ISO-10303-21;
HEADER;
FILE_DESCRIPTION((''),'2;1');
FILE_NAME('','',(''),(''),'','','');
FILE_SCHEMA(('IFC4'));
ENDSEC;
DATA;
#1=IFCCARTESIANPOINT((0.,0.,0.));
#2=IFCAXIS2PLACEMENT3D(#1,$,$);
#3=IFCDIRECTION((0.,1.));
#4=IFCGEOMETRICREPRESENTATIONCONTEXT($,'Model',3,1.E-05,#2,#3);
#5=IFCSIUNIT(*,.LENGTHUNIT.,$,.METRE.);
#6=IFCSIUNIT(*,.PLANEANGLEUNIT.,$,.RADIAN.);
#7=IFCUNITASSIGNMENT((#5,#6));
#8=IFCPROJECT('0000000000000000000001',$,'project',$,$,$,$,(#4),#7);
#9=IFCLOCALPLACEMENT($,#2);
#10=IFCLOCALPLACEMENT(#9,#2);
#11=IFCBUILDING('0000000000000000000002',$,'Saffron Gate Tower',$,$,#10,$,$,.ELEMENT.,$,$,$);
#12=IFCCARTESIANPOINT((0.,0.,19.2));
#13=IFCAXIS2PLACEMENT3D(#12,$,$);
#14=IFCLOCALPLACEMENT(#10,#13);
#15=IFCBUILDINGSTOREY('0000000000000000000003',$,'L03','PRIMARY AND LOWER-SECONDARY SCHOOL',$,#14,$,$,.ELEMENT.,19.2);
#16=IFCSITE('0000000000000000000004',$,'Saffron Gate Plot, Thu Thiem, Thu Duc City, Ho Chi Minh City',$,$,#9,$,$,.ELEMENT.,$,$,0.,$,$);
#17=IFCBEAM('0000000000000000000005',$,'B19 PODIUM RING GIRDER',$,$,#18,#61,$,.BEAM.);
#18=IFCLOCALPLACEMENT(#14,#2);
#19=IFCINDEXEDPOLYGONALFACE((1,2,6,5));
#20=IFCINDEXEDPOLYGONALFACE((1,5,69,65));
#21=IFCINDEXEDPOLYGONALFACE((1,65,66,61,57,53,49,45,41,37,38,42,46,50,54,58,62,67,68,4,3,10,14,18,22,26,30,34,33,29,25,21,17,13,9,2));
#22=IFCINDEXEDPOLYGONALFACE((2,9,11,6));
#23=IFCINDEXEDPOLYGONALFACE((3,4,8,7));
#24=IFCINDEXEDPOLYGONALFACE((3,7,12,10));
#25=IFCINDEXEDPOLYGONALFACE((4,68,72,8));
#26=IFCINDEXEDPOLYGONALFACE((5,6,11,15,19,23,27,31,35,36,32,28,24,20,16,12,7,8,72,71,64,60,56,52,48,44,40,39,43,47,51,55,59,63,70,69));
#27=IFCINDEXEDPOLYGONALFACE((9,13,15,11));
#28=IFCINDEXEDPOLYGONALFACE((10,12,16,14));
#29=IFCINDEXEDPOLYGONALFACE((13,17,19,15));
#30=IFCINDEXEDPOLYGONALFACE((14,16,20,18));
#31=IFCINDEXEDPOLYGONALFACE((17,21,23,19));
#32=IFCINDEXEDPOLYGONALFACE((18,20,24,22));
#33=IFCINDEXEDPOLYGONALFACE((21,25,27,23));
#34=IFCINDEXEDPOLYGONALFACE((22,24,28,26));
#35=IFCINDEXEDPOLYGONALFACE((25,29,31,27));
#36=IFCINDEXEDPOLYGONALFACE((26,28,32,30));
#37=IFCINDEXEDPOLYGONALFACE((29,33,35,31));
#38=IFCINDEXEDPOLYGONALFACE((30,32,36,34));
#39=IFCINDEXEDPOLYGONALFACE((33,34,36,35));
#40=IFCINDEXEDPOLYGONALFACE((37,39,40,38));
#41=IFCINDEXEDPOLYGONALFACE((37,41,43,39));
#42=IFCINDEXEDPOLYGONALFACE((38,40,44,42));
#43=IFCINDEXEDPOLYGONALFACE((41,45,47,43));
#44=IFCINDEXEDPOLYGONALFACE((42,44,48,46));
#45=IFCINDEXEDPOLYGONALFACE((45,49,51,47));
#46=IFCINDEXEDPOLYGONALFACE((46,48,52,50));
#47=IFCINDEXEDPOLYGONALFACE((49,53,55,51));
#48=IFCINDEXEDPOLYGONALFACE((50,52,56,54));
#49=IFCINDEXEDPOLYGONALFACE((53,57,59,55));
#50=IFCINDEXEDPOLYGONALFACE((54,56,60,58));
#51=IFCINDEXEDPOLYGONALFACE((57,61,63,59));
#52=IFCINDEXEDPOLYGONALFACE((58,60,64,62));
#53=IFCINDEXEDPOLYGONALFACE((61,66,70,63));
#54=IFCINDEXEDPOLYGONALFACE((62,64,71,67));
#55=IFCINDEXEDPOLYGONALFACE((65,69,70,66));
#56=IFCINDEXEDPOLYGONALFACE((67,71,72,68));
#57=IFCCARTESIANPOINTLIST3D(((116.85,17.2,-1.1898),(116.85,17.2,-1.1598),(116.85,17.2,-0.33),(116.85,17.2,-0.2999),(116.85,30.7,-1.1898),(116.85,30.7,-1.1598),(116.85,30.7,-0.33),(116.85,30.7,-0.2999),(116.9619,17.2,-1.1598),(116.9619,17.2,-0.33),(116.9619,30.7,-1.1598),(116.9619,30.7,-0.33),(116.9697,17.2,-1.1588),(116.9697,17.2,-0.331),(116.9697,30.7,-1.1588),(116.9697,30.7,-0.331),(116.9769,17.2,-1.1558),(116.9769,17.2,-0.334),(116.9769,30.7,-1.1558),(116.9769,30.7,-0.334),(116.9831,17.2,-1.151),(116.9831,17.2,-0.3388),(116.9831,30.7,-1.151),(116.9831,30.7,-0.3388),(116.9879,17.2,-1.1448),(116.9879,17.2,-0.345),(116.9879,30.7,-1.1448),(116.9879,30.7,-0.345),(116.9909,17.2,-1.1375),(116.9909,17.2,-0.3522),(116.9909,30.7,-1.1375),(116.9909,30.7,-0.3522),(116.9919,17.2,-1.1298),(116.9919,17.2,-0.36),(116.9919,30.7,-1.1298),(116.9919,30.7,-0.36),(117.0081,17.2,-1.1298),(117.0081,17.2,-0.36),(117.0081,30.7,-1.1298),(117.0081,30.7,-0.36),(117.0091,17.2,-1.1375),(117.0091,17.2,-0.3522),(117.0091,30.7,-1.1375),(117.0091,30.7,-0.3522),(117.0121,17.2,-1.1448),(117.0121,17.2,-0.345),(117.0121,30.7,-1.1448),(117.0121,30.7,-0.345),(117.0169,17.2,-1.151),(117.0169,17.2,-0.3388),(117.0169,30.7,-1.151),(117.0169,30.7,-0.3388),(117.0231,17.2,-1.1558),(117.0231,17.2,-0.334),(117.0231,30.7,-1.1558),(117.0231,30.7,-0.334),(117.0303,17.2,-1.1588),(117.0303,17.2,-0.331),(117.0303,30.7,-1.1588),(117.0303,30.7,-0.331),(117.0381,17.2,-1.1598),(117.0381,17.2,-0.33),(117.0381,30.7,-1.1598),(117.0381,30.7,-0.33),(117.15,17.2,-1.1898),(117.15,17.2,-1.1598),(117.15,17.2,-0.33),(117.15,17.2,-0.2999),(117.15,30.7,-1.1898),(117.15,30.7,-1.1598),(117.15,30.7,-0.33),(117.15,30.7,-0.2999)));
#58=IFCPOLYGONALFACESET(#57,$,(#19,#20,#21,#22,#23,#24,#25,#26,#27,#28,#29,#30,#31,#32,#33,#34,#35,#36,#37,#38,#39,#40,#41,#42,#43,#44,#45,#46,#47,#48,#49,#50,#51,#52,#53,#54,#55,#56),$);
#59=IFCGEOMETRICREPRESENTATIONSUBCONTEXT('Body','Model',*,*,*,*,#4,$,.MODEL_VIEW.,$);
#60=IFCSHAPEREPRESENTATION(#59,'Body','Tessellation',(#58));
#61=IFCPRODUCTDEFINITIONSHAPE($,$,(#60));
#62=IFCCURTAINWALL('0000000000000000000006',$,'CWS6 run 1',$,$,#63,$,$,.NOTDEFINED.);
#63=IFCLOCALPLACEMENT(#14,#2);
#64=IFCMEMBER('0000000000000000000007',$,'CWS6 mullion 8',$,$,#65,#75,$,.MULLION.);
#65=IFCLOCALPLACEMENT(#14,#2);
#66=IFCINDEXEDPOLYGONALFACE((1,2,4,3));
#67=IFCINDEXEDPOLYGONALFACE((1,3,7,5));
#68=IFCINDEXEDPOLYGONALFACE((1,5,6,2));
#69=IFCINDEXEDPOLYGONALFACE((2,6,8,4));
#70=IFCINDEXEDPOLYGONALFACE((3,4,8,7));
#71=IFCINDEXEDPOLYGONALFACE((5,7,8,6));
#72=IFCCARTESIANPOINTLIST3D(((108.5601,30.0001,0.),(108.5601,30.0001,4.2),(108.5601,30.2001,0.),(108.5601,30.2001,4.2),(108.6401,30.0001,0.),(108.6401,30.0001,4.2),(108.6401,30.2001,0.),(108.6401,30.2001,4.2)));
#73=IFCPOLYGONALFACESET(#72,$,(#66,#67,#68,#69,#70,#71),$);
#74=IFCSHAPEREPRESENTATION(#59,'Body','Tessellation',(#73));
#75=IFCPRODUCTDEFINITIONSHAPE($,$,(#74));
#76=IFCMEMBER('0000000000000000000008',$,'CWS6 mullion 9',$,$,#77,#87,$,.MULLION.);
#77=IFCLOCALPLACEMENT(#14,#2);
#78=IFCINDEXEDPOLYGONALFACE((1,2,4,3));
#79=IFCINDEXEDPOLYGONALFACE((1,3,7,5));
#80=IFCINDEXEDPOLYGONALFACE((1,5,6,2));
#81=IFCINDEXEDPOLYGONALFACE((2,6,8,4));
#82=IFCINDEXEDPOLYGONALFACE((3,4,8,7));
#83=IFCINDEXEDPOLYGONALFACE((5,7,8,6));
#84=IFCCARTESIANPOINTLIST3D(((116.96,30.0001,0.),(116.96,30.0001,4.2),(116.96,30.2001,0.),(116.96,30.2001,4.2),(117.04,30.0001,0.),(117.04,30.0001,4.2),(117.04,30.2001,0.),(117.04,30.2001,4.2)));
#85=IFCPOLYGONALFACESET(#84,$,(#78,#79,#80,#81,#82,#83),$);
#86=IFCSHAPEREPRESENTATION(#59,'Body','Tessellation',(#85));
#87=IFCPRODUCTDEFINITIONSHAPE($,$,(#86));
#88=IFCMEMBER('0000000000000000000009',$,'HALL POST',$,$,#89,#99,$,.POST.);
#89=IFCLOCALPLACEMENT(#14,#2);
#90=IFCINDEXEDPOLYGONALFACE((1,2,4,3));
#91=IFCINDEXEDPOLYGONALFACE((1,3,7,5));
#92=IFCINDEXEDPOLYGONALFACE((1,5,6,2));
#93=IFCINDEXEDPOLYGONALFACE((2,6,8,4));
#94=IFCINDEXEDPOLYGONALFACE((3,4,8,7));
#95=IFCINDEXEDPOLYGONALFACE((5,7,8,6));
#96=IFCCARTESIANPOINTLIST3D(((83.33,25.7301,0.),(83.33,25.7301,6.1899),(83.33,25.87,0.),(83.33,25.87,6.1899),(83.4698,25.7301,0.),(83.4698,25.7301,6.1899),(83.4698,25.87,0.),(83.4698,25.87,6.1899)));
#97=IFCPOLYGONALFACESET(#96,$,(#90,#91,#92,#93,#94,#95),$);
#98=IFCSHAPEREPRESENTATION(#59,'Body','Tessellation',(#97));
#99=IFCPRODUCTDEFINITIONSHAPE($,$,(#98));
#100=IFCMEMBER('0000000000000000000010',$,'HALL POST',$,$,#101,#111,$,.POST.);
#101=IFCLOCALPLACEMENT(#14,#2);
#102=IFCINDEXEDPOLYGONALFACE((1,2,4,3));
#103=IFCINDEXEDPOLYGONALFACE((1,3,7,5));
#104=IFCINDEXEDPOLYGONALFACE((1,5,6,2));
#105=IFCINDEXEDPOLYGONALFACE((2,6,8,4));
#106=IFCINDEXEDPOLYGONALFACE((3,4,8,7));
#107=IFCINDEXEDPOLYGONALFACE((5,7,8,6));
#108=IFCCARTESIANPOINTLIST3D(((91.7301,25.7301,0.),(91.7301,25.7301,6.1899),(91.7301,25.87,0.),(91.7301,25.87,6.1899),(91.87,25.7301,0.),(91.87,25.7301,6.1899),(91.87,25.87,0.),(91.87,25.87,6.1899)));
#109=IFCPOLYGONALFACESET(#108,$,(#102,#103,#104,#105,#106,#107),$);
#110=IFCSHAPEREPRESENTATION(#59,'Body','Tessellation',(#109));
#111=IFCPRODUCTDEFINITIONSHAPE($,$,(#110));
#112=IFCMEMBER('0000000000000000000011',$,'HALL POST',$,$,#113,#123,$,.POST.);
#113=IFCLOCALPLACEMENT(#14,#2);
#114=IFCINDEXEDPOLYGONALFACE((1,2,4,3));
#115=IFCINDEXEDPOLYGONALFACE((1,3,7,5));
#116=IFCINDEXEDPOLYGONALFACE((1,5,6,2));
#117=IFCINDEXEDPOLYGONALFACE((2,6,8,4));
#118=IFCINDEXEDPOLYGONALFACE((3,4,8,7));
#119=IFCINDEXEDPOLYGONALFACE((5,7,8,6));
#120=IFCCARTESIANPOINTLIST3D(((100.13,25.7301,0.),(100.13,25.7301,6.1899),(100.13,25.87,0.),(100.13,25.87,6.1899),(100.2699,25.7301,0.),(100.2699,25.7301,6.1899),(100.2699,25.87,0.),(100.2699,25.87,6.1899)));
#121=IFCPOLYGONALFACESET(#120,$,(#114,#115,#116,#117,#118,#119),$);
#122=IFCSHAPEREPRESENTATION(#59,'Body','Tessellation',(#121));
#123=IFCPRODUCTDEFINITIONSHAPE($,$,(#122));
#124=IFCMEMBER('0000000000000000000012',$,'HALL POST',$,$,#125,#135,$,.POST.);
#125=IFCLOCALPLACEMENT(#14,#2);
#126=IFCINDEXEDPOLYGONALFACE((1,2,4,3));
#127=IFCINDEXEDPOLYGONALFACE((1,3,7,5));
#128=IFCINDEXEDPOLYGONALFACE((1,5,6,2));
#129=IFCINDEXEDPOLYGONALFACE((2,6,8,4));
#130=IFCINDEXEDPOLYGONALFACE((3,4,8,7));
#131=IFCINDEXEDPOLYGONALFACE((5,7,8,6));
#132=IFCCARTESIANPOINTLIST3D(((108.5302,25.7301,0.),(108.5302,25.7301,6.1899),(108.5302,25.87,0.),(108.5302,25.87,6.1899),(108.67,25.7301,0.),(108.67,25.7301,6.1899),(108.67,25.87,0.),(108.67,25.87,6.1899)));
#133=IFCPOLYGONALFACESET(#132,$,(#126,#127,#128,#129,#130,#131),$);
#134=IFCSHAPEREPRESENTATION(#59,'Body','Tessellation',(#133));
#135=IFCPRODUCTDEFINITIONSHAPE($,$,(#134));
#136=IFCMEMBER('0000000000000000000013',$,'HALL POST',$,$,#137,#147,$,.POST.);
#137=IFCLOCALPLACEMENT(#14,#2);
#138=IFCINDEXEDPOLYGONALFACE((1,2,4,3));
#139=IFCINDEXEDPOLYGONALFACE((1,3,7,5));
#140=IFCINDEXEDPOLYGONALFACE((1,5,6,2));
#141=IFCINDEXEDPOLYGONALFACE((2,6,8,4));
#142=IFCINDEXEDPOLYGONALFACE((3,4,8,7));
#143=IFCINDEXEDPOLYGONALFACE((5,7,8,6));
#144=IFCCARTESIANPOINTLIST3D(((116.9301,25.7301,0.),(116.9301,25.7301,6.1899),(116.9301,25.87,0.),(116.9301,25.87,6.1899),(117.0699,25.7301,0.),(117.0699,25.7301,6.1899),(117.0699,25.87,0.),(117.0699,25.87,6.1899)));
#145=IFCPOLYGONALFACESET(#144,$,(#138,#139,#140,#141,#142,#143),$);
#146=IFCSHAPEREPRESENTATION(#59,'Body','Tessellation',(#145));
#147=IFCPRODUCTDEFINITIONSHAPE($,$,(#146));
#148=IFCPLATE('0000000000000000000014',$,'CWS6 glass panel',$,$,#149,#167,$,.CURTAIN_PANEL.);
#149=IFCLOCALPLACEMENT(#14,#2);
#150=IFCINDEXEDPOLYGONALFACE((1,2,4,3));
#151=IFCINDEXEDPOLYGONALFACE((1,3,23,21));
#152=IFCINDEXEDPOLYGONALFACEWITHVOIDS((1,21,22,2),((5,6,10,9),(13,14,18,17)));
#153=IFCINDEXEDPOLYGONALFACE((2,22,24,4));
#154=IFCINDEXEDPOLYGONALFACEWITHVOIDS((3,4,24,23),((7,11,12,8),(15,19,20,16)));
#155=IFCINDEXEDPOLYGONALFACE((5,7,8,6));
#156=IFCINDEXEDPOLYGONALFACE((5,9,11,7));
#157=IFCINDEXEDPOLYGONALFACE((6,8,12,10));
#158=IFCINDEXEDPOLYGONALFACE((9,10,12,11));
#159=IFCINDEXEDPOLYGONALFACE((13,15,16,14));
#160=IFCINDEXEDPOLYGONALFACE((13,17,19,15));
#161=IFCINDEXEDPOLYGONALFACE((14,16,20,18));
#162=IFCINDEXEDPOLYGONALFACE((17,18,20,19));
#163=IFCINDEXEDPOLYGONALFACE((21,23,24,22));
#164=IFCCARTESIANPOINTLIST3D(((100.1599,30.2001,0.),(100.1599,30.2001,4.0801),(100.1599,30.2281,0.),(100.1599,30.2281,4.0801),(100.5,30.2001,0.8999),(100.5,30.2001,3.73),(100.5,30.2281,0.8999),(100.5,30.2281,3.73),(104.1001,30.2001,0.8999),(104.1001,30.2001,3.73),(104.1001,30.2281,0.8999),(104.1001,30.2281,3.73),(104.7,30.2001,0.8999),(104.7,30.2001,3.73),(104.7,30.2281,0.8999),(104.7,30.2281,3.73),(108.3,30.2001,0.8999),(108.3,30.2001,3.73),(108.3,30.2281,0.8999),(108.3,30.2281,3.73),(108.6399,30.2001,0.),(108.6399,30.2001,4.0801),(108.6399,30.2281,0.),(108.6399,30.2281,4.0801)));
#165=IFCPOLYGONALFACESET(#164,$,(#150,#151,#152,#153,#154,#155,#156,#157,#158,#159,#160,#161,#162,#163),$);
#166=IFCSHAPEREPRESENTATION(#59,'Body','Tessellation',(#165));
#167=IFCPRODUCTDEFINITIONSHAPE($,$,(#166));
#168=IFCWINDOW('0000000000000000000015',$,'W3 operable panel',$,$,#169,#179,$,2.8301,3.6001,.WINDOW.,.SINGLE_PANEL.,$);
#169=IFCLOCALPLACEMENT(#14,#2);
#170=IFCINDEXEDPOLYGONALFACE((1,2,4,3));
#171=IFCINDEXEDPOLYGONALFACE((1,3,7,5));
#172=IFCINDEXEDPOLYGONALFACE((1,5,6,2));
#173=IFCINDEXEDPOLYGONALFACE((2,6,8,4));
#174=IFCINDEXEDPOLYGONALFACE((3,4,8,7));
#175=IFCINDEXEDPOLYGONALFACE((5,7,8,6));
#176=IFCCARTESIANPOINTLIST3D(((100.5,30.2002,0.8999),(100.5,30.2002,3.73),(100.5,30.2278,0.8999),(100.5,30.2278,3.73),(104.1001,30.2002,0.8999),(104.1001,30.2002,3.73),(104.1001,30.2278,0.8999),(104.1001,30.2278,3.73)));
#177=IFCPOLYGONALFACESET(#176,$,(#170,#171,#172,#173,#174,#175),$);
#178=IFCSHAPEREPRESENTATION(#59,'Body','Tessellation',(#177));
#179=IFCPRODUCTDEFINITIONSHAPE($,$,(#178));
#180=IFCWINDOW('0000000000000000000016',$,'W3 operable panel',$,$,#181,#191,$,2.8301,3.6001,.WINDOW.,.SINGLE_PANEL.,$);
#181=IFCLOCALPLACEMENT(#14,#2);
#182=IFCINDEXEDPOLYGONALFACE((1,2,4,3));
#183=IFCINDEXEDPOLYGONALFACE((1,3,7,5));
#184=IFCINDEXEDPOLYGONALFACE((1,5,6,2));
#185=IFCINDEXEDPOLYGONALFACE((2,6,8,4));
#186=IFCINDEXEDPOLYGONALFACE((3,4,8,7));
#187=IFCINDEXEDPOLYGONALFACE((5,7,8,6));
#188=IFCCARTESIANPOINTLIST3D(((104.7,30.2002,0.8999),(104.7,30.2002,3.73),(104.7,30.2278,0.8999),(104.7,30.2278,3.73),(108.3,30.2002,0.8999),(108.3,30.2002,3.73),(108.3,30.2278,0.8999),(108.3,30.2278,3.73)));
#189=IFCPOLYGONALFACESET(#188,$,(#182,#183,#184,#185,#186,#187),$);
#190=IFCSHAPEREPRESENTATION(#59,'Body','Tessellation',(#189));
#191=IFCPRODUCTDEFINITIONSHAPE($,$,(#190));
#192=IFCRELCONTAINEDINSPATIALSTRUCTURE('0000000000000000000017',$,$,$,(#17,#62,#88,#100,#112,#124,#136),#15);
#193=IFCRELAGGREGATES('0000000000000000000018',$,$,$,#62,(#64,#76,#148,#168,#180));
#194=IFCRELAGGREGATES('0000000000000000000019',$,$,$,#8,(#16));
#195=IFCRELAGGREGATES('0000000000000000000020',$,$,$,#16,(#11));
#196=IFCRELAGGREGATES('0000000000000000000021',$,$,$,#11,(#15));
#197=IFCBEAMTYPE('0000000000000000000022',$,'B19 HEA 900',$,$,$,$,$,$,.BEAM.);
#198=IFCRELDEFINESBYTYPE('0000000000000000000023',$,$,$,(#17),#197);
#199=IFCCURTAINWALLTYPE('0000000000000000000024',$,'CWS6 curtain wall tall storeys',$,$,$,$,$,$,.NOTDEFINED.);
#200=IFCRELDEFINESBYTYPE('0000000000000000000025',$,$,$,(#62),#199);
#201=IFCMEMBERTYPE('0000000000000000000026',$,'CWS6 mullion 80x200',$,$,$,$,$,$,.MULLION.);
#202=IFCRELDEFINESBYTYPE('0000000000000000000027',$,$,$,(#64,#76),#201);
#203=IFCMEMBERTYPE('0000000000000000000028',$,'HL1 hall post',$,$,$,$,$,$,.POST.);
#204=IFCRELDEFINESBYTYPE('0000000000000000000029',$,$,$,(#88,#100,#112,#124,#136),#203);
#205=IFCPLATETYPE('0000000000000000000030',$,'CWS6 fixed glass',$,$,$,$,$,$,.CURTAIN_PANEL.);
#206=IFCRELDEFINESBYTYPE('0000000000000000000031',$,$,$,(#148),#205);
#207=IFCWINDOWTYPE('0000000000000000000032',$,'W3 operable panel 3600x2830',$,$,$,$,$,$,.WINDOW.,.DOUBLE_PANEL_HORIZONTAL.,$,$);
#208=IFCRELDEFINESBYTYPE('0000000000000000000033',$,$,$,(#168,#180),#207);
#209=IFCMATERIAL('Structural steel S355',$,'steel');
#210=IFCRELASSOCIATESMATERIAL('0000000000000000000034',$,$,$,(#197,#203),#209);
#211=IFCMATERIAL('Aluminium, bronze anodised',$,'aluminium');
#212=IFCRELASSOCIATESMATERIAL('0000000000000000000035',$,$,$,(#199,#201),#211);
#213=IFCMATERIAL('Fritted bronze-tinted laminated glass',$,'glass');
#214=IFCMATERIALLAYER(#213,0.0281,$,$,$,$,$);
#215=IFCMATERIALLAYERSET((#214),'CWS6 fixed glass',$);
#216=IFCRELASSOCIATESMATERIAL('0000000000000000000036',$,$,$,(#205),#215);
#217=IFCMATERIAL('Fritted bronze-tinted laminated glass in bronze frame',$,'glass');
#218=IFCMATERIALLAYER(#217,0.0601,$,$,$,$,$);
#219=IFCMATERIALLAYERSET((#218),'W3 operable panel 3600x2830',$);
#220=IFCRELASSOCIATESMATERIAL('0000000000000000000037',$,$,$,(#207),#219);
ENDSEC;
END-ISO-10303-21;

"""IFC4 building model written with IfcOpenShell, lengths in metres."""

from ifc_helpers import new_model, si_unit, direction, frame, frame_2d, origin, origin_2d, place, context, subcontext, project, spatial, rectangle, i_section, extrude, material, layer, layer_set, material_profile, profile_set, type_object, element, fill, aggregate, save


model = new_model("IFC4")

# Units and contexts
model_context = context("Model", 3, precision=1e-05, world=origin(), true_north=direction((0.0, 1.0)))
body_context = subcontext(model_context, "Body", "Model", "MODEL_VIEW")
ifc_project = project(units=[si_unit("LENGTHUNIT", "METRE"), si_unit("PLANEANGLEUNIT", "RADIAN")], contexts=[model_context])

# Site, building, storey
site_placement = place(None, origin())
site = spatial("IfcSite", under=ifc_project, at=site_placement, Name="Saffron Gate Plot, Thu Thiem, Thu Duc City, Ho Chi Minh City", CompositionType="ELEMENT", RefElevation=0.0)
building_placement = place(site_placement, origin())
building = spatial("IfcBuilding", under=site, at=building_placement, Name="Saffron Gate Tower", CompositionType="ELEMENT")
storey_placement = place(building_placement, frame((0.0, 0.0, 19.2)))
storey = spatial("IfcBuildingStorey", under=building, at=storey_placement, Name="L03", Description="PRIMARY AND LOWER-SECONDARY SCHOOL", CompositionType="ELEMENT", Elevation=19.2)

# Beam
ifc_material_1 = material(Name="Structural steel S355", Category="steel")
ifc_material_profile_1 = material_profile(ifc_material_1, i_section(OverallWidth=0.3, OverallDepth=0.8899, WebThickness=0.0161, FlangeThickness=0.03, FilletRadius=0.03, at=origin_2d()))
ifc_profile_set_1 = profile_set([ifc_material_profile_1], Name="Structural steel S355")
beam_type_1 = type_object("IfcBeamType", Name="B19 HEA 900", PredefinedType="BEAM", material=ifc_profile_set_1)
beam_1_placement = place(storey_placement, frame((117.0, 17.2, -0.7449), z_axis=(0.0, 1.0, 0.0), x_axis=(-1.0, 0.0, 0.0)))
element("IfcBeam", 1, at=beam_1_placement, inside=storey, type_object=beam_type_1, Name="B19 PODIUM RING GIRDER", PredefinedType="BEAM", context=body_context, shape_type="SweptSolid", body=[
    extrude(i_section(OverallWidth=0.3, OverallDepth=0.8899, WebThickness=0.0161, FlangeThickness=0.03, FilletRadius=0.03, at=origin_2d()), origin(), (0.0, 0.0, 1.0), 13.5),
])

# Curtain wall, members
ifc_material_2 = material(Name="Aluminium, bronze anodised", Category="aluminium")
curtain_wall_type = type_object("IfcCurtainWallType", Name="CWS6 curtain wall tall storeys", PredefinedType="NOTDEFINED", material=ifc_material_2)
curtain_wall_placement = place(storey_placement, origin())
curtain_wall = element("IfcCurtainWall", 2, at=curtain_wall_placement, inside=storey, type_object=curtain_wall_type, Name="CWS6 run 1", PredefinedType="NOTDEFINED")
ifc_material_profile_2 = material_profile(ifc_material_2, rectangle(XDim=0.2, YDim=0.0801, at=origin_2d()))
ifc_profile_set_2 = profile_set([ifc_material_profile_2], Name="Aluminium, bronze anodised")
member_type_1 = type_object("IfcMemberType", Name="CWS6 mullion 80x200", PredefinedType="MULLION", material=ifc_profile_set_2)
member_1_placement = place(storey_placement, frame((108.6001, 30.1001, 0.0), z_axis=(0.0, 0.0, 1.0), x_axis=(0.0, 1.0, 0.0)))
member_1 = element("IfcMember", 3, at=member_1_placement, type_object=member_type_1, Name="CWS6 mullion 8", PredefinedType="MULLION", context=body_context, shape_type="SweptSolid", body=[
    extrude(rectangle(XDim=0.2, YDim=0.0801, at=origin_2d()), origin(), (0.0, 0.0, 1.0), 4.2),
])
member_2_placement = place(storey_placement, frame((117.0, 30.1001, 0.0), z_axis=(0.0, 0.0, 1.0), x_axis=(0.0, 1.0, 0.0)))
member_2 = element("IfcMember", 4, at=member_2_placement, type_object=member_type_1, Name="CWS6 mullion 9", PredefinedType="MULLION", context=body_context, shape_type="SweptSolid", body=[
    extrude(rectangle(XDim=0.2, YDim=0.0801, at=origin_2d()), origin(), (0.0, 0.0, 1.0), 4.2),
])

# Members
ifc_material_profile_3 = material_profile(ifc_material_1, rectangle(XDim=0.1399, YDim=0.1399, at=origin_2d()))
ifc_profile_set_3 = profile_set([ifc_material_profile_3], Name="Structural steel S355")
member_type_2 = type_object("IfcMemberType", Name="HL1 hall post", PredefinedType="POST", material=ifc_profile_set_3)
for number, where, z_axis, x_axis, name in (
    (5, (83.3999, 25.8, 0.0), (0.0, 0.0, 1.0), (1.0, 0.0, 0.0), "HALL POST"),
    (6, (91.8, 25.8, 0.0), (0.0, 0.0, 1.0), (1.0, 0.0, 0.0), "HALL POST"),
    (7, (100.2, 25.8, 0.0), (0.0, 0.0, 1.0), (1.0, 0.0, 0.0), "HALL POST"),
    (8, (108.6001, 25.8, 0.0), (0.0, 0.0, 1.0), (1.0, 0.0, 0.0), "HALL POST"),
    (9, (117.0, 25.8, 0.0), (0.0, 0.0, 1.0), (1.0, 0.0, 0.0), "HALL POST"),
):
    element("IfcMember", number, at=place(storey_placement, frame(where, z_axis=z_axis, x_axis=x_axis)), inside=storey, type_object=member_type_2, Name=name, PredefinedType="POST", context=body_context, shape_type="SweptSolid", body=[
        extrude(rectangle(XDim=0.1399, YDim=0.1399, at=origin_2d()), origin(), (0.0, 0.0, 1.0), 6.1899),
    ])

# Plate, openings, windows
ifc_material_3 = material(Name="Fritted bronze-tinted laminated glass", Category="glass")
ifc_layer_1 = layer(ifc_material_3, 0.0281)
ifc_layer_set_1 = layer_set([ifc_layer_1], Name="CWS6 fixed glass")
plate_type_1 = type_object("IfcPlateType", Name="CWS6 fixed glass", PredefinedType="CURTAIN_PANEL", material=ifc_layer_set_1)
plate_1_placement = place(storey_placement, frame((100.1599, 30.2141, 0.0), z_axis=(0.0, 0.0, 1.0), x_axis=(1.0, 0.0, 0.0)))
plate_1 = element("IfcPlate", 10, at=plate_1_placement, type_object=plate_type_1, Name="CWS6 glass panel", PredefinedType="CURTAIN_PANEL", context=body_context, shape_type="SweptSolid", body=[
    extrude(rectangle(XDim=8.48, YDim=0.0281, at=frame_2d((4.24, 0.0))), origin(), (0.0, 0.0, 1.0), 4.0801),
])
opening_1_placement = place(plate_1_placement, frame((0.3401, 0.0, 0.8999)))
opening_1 = element("IfcOpeningElement", 11, at=opening_1_placement, cuts=plate_1, PredefinedType="OPENING", context=body_context, shape_type="SweptSolid", body=[
    extrude(rectangle(XDim=3.6001, YDim=2.8301, at=frame_2d((1.8, 1.415))), frame((0.0, 0.0239, 0.0), z_axis=(0.0, -1.0, 0.0), x_axis=(1.0, 0.0, 0.0)), (0.0, 0.0, 1.0), 0.0481),
])
opening_2_placement = place(plate_1_placement, frame((4.54, 0.0, 0.8999)))
opening_2 = element("IfcOpeningElement", 12, at=opening_2_placement, cuts=plate_1, PredefinedType="OPENING", context=body_context, shape_type="SweptSolid", body=[
    extrude(rectangle(XDim=3.6001, YDim=2.8301, at=frame_2d((1.8, 1.415))), frame((0.0, 0.0239, 0.0), z_axis=(0.0, -1.0, 0.0), x_axis=(1.0, 0.0, 0.0)), (0.0, 0.0, 1.0), 0.0481),
])
ifc_material_4 = material(Name="Fritted bronze-tinted laminated glass in bronze frame", Category="glass")
ifc_layer_2 = layer(ifc_material_4, 0.0601)
ifc_layer_set_2 = layer_set([ifc_layer_2], Name="W3 operable panel 3600x2830")
window_type_1 = type_object("IfcWindowType", Name="W3 operable panel 3600x2830", PartitioningType="DOUBLE_PANEL_HORIZONTAL", PredefinedType="WINDOW", material=ifc_layer_set_2)
window_1_placement = place(opening_1_placement, origin())
window_1 = element("IfcWindow", 13, at=window_1_placement, type_object=window_type_1, Name="W3 operable panel", OverallHeight=2.8301, OverallWidth=3.6001, PartitioningType="SINGLE_PANEL", PredefinedType="WINDOW", context=body_context, shape_type="SweptSolid", body=[
    extrude(rectangle(XDim=3.6001, YDim=2.8301, at=frame_2d((1.8, 1.415))), frame((0.0, 0.0137, 0.0), z_axis=(0.0, -1.0, 0.0), x_axis=(1.0, 0.0, 0.0)), (0.0, 0.0, 1.0), 0.0276),
])
fill(opening_1, window_1)
window_2_placement = place(opening_2_placement, origin())
window_2 = element("IfcWindow", 14, at=window_2_placement, type_object=window_type_1, Name="W3 operable panel", OverallHeight=2.8301, OverallWidth=3.6001, PartitioningType="SINGLE_PANEL", PredefinedType="WINDOW", context=body_context, shape_type="SweptSolid", body=[
    extrude(rectangle(XDim=3.6001, YDim=2.8301, at=frame_2d((1.8, 1.415))), frame((0.0, 0.0137, 0.0), z_axis=(0.0, -1.0, 0.0), x_axis=(1.0, 0.0, 0.0)), (0.0, 0.0, 1.0), 0.0276),
])
fill(opening_2, window_2)
aggregate(curtain_wall, [member_1, member_2, plate_1, window_1, window_2])

save(model, "model.ifc")
